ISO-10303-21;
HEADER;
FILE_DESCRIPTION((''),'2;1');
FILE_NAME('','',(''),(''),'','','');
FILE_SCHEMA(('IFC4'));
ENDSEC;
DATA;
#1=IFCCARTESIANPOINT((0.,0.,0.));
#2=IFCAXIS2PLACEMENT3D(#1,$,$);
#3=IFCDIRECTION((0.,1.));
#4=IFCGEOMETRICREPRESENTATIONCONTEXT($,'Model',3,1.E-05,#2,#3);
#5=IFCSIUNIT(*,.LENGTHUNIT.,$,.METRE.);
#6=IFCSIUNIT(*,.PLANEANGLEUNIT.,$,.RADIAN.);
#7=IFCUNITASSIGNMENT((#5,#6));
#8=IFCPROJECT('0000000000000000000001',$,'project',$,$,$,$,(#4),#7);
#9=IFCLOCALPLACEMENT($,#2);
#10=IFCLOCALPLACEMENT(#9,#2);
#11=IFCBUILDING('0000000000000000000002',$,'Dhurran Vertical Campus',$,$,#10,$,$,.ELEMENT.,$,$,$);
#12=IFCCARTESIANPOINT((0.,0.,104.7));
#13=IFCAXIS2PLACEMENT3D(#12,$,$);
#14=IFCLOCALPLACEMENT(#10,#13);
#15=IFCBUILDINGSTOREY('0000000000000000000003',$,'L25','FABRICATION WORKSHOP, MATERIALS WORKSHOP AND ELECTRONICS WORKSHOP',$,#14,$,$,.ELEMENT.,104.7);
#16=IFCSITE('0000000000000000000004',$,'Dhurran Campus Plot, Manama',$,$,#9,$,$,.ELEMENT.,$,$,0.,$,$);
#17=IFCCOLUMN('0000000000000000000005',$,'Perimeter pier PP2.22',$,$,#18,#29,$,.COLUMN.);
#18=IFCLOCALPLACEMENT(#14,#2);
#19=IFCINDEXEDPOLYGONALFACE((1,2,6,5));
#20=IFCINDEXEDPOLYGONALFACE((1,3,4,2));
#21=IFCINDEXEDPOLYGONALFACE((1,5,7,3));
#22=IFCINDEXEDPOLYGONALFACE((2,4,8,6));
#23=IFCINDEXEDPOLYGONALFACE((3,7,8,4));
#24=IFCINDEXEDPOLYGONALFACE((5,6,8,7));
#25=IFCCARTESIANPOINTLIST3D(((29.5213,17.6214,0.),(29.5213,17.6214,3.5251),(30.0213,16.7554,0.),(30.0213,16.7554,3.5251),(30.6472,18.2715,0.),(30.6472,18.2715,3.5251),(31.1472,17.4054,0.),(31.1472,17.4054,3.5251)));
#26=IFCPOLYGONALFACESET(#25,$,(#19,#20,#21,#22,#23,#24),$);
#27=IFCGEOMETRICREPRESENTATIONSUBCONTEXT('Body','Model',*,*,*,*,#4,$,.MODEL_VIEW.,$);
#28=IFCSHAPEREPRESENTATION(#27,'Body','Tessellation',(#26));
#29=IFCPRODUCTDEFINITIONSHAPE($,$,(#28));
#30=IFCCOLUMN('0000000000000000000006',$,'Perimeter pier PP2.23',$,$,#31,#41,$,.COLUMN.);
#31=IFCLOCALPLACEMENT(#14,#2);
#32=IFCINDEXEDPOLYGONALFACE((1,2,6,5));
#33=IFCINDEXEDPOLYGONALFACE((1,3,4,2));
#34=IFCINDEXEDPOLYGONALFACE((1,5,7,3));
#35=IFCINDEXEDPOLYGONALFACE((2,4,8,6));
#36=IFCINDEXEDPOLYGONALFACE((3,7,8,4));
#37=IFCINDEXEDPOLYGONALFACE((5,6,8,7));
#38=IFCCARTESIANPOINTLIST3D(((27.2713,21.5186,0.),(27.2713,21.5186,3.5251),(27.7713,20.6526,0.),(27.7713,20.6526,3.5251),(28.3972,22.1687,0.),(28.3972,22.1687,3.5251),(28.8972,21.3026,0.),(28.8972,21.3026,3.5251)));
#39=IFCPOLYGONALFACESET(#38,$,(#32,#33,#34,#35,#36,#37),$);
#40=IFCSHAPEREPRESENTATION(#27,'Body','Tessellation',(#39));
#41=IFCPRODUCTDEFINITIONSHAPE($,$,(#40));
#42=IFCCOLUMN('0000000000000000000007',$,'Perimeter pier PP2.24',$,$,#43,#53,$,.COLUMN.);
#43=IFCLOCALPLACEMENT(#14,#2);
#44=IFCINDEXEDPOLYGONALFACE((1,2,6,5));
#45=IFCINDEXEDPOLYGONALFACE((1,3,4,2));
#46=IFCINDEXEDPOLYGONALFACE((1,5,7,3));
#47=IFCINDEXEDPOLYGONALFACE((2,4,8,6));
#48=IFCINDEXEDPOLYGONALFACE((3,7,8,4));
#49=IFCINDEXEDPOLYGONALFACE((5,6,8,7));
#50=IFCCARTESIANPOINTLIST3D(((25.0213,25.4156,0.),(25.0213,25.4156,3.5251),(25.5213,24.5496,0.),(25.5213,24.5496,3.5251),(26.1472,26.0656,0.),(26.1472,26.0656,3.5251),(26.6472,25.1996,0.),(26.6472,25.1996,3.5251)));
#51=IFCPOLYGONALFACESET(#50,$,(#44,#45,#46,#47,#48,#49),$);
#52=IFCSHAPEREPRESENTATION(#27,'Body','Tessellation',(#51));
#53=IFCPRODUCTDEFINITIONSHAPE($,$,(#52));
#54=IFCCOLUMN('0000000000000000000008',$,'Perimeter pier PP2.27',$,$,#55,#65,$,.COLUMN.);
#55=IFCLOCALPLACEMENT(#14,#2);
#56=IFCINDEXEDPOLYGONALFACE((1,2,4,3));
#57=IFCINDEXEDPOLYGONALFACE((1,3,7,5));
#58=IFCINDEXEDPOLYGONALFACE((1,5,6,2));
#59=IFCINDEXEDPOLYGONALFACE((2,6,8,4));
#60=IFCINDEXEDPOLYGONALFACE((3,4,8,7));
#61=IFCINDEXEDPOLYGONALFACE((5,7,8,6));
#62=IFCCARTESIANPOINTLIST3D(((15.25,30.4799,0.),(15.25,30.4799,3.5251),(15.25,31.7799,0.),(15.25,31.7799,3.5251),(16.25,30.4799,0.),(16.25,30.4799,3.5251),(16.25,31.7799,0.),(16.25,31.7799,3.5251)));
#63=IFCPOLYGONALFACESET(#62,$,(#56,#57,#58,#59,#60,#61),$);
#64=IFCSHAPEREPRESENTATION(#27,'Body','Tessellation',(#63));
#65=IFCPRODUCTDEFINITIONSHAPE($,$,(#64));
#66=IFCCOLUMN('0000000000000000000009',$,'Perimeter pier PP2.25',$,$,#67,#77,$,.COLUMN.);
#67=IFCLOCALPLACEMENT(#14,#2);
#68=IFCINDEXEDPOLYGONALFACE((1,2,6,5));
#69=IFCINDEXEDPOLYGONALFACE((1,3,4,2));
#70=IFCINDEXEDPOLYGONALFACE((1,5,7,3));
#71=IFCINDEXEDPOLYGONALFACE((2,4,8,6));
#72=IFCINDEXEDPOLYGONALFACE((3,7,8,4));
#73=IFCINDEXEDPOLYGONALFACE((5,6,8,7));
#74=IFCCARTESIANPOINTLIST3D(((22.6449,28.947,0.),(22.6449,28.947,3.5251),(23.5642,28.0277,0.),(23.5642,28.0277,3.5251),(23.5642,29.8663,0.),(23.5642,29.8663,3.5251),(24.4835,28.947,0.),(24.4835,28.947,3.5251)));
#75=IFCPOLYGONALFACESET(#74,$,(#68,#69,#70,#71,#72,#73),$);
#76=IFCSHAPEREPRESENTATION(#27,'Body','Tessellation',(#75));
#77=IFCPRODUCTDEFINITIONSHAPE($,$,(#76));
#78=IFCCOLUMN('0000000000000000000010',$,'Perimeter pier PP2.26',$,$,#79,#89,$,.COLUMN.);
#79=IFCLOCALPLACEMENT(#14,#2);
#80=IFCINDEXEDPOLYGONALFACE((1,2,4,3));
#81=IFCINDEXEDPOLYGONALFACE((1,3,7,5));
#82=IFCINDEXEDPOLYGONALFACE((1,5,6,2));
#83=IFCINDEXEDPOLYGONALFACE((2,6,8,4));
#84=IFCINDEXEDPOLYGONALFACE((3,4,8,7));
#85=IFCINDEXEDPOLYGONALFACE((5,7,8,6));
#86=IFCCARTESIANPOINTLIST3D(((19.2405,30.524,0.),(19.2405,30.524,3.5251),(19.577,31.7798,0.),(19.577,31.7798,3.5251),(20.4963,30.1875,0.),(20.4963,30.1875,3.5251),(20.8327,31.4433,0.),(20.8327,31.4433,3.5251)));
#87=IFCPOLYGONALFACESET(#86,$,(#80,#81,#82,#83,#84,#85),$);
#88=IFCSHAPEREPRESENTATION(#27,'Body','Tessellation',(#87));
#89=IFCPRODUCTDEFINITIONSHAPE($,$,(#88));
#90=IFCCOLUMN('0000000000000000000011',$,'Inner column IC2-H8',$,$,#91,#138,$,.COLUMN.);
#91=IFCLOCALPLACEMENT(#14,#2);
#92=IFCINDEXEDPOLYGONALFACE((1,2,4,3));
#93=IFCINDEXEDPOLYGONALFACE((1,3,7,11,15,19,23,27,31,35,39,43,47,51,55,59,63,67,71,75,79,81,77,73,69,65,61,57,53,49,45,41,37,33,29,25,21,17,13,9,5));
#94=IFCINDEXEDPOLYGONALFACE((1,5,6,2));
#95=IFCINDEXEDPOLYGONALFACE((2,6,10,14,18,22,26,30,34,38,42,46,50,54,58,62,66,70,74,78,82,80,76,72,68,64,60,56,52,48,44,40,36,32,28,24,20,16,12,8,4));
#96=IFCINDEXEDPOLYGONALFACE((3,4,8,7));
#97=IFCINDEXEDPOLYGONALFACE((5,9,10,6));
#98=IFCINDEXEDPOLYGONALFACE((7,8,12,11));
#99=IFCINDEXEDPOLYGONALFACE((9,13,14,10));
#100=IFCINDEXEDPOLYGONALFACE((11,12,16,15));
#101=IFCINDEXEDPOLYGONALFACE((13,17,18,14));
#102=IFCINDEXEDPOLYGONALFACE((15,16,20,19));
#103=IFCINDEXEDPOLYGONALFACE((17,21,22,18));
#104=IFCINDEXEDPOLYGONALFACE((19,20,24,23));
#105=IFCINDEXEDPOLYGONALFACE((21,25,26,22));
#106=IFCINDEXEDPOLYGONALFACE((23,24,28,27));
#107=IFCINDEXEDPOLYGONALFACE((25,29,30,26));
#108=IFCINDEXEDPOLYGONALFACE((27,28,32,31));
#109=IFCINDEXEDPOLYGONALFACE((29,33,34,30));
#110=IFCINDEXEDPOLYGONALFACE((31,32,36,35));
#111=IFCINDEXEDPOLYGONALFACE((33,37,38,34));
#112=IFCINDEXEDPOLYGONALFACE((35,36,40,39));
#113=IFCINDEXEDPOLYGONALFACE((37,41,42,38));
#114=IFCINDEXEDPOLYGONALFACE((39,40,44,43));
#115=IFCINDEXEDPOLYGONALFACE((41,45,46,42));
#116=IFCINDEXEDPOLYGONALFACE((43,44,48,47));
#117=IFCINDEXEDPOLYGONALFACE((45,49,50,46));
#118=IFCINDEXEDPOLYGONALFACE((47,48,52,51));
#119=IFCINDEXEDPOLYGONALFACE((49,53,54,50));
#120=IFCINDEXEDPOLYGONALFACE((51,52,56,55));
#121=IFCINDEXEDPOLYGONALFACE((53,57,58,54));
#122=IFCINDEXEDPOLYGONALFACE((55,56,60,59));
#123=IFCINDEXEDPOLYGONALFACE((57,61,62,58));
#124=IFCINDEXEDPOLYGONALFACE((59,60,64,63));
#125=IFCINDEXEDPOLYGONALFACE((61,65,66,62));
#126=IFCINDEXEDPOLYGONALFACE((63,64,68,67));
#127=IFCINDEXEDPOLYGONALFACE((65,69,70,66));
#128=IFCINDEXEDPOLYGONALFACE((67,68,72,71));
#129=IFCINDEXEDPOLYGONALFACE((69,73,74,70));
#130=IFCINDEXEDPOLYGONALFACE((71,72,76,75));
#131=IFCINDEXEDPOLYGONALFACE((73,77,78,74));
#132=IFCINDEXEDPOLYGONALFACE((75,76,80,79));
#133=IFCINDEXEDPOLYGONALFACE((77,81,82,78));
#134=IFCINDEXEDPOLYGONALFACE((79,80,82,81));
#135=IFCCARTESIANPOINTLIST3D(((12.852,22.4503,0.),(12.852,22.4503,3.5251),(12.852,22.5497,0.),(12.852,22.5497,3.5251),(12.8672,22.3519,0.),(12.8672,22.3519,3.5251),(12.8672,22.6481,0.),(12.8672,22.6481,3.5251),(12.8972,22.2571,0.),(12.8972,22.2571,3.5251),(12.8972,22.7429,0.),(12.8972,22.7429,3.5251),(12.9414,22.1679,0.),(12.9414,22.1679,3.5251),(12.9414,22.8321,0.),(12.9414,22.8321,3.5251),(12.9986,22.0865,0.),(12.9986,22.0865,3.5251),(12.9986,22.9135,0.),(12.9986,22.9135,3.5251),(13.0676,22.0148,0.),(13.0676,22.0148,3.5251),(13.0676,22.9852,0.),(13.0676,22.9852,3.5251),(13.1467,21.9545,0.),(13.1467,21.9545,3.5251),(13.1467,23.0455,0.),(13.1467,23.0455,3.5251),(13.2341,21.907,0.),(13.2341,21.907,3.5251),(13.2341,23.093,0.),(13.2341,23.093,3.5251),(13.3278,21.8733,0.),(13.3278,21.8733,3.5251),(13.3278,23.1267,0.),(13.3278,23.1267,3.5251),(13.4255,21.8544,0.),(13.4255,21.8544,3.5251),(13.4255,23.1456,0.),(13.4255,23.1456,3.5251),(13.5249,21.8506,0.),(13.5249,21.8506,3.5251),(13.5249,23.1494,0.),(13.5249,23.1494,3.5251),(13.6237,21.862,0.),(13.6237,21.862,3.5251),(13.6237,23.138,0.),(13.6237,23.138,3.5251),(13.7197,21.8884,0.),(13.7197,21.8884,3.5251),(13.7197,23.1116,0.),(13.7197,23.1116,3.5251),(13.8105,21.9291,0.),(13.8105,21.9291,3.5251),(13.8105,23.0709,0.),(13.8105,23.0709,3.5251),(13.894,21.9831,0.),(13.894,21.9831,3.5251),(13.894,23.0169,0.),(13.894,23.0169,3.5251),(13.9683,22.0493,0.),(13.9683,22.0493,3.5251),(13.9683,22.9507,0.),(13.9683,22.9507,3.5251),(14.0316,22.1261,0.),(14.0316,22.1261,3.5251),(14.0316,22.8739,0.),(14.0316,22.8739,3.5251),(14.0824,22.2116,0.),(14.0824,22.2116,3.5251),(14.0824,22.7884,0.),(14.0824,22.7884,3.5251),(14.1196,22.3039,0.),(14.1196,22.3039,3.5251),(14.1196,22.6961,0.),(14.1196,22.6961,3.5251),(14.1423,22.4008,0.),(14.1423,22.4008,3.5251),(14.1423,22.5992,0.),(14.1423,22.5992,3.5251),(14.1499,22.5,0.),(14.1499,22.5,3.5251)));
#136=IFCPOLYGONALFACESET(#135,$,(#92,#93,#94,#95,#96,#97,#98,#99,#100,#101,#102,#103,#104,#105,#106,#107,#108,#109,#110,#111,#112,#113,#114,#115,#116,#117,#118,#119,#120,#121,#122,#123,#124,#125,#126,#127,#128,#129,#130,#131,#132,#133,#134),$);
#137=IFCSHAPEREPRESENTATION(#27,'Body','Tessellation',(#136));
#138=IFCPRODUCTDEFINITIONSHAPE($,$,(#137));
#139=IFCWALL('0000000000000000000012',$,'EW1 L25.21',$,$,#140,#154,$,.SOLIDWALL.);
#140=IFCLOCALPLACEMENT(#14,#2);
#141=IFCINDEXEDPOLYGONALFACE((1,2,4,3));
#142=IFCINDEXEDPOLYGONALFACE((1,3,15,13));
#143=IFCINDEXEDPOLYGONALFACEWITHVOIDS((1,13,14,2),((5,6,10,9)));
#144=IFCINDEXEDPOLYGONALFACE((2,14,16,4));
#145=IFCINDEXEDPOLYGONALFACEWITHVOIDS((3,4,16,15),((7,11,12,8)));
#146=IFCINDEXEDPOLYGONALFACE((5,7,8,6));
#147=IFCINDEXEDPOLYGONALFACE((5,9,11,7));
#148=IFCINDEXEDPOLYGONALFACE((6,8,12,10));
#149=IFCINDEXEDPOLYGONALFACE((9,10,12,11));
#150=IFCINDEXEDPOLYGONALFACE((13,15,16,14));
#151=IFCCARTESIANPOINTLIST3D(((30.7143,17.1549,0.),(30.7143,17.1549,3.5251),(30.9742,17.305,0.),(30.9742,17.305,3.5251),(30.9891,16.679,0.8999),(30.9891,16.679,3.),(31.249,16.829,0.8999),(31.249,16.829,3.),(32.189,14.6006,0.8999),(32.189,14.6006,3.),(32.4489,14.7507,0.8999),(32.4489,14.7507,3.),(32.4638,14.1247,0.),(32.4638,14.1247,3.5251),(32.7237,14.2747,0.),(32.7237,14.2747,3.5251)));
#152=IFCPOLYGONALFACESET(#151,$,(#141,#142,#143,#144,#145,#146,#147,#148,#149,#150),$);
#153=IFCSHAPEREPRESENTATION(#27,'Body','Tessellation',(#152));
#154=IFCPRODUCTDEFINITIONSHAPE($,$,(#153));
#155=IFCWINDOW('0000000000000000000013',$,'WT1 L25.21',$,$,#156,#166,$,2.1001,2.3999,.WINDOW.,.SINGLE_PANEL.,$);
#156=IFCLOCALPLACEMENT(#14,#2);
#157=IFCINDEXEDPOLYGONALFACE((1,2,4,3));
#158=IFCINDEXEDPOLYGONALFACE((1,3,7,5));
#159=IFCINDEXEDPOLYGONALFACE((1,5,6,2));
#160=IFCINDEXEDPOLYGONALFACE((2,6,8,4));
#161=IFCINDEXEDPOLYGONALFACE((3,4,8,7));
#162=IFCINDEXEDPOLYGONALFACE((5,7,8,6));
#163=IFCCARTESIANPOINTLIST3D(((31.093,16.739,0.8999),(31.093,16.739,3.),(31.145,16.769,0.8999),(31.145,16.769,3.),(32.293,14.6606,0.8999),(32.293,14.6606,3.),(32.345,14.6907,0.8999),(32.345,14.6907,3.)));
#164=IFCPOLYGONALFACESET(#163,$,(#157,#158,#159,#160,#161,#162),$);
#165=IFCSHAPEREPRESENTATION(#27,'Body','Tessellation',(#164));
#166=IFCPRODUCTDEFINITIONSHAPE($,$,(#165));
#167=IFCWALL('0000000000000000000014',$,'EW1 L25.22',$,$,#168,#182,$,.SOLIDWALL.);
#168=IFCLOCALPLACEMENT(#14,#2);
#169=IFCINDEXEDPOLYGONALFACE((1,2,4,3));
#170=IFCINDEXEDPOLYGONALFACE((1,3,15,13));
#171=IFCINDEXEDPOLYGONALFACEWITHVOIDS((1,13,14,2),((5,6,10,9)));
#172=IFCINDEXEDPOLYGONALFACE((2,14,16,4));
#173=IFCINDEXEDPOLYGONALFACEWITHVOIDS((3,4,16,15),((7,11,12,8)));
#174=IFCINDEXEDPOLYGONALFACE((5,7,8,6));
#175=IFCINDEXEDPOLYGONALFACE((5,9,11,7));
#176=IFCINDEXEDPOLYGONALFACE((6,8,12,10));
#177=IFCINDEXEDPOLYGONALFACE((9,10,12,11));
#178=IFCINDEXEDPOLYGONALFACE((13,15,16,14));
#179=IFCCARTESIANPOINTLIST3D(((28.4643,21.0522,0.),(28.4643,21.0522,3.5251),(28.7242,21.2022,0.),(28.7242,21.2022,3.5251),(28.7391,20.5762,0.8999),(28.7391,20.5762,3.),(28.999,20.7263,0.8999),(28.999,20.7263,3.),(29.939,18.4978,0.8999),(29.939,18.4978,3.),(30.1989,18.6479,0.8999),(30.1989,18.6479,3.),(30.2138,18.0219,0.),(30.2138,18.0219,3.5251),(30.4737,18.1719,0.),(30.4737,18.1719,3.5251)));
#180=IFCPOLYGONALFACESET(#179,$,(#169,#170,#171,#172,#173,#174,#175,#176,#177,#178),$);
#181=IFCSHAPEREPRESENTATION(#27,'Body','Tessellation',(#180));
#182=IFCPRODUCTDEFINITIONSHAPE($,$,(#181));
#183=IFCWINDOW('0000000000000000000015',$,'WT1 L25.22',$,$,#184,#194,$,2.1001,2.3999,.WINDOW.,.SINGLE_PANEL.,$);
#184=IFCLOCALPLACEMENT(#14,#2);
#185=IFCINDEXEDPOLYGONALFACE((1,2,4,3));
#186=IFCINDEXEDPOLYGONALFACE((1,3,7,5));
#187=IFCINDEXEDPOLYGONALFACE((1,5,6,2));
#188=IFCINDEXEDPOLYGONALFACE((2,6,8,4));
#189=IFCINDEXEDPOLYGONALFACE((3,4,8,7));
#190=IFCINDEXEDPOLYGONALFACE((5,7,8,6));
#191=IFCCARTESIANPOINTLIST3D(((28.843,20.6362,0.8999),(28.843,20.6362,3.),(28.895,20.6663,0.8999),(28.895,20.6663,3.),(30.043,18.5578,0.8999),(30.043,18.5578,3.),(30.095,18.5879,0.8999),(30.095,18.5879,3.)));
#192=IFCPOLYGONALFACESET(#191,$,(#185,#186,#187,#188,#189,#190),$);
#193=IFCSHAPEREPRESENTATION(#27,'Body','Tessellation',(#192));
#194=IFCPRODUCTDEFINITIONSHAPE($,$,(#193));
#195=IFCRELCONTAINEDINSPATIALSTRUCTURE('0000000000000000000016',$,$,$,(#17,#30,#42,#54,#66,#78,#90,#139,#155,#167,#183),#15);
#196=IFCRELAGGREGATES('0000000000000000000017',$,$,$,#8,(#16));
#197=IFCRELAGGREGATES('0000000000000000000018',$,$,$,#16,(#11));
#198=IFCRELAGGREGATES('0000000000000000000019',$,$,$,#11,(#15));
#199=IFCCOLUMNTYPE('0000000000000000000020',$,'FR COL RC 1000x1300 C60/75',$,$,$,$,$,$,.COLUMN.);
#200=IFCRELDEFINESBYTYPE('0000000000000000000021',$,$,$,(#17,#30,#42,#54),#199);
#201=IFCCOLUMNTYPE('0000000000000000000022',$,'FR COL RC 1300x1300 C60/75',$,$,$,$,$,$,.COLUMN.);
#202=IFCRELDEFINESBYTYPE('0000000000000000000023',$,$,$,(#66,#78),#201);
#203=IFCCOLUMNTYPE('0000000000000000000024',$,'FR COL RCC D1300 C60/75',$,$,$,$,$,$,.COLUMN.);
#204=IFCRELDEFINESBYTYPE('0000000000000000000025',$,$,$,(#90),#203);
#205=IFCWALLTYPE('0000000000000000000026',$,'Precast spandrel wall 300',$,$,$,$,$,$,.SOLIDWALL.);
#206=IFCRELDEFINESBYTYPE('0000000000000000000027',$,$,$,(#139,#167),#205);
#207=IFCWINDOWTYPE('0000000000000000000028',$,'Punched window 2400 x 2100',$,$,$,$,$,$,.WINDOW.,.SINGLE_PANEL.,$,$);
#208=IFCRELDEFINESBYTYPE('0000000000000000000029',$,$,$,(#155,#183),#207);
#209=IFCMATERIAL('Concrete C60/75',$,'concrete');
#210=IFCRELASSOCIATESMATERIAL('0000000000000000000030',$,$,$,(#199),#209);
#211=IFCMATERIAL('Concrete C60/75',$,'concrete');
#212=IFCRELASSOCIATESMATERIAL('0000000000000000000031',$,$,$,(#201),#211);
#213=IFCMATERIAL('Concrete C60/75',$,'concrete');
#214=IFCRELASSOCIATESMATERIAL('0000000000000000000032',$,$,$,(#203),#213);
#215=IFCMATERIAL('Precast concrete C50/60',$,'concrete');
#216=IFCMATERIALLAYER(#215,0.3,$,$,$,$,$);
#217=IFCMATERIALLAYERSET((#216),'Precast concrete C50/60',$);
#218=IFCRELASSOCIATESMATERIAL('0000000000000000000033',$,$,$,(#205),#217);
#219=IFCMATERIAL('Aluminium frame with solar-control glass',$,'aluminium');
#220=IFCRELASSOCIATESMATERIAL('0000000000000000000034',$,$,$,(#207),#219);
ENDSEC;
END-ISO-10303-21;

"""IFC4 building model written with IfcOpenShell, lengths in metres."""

from ifc_helpers import new_model, si_unit, direction, frame, frame_2d, origin, origin_2d, place, context, subcontext, project, spatial, rectangle, circle, extrude, material, layer, layer_set, material_profile, profile_set, type_object, element, fill, save


model = new_model("IFC4")

# Units and contexts
model_context = context("Model", 3, precision=1e-05, world=origin(), true_north=direction((0.0, 1.0)))
body_context = subcontext(model_context, "Body", "Model", "MODEL_VIEW")
ifc_project = project(units=[si_unit("LENGTHUNIT", "METRE"), si_unit("PLANEANGLEUNIT", "RADIAN")], contexts=[model_context])

# Site, building, storey
site_placement = place(None, origin())
site = spatial("IfcSite", under=ifc_project, at=site_placement, Name="Dhurran Campus Plot, Manama", CompositionType="ELEMENT", RefElevation=0.0)
building_placement = place(site_placement, origin())
building = spatial("IfcBuilding", under=site, at=building_placement, Name="Dhurran Vertical Campus", CompositionType="ELEMENT")
storey_placement = place(building_placement, frame((0.0, 0.0, 104.7)))
storey = spatial("IfcBuildingStorey", under=building, at=storey_placement, Name="L25", Description="FABRICATION WORKSHOP, MATERIALS WORKSHOP AND ELECTRONICS WORKSHOP", CompositionType="ELEMENT", Elevation=104.7)

# Columns
ifc_material_1 = material(Name="Concrete C60/75", Category="concrete")
ifc_material_profile_1 = material_profile(ifc_material_1, rectangle(XDim=1.0, YDim=1.3, at=origin_2d()), Name="RC 1000x1300")
ifc_profile_set_1 = profile_set([ifc_material_profile_1], Name="Concrete C60/75")
column_type_1 = type_object("IfcColumnType", Name="FR COL RC 1000x1300 C60/75", PredefinedType="COLUMN", material=ifc_profile_set_1)
for number, where, z_axis, x_axis, name in (
    (1, (30.3342, 17.5134, 0.0), (0.0, 0.0, 1.0), (-0.5, 0.866025, 0.0), "Perimeter pier PP2.22"),
    (2, (28.0842, 21.4106, 0.0), (0.0, 0.0, 1.0), (-0.5, 0.866025, 0.0), "Perimeter pier PP2.23"),
    (3, (25.8342, 25.3076, 0.0), (0.0, 0.0, 1.0), (-0.5, 0.866025, 0.0), "Perimeter pier PP2.24"),
    (4, (15.75, 31.1299, 0.0), (0.0, 0.0, 1.0), (-1.0, 0.0, 0.0), "Perimeter pier PP2.27"),
):
    element("IfcColumn", number, at=place(storey_placement, frame(where, z_axis=z_axis, x_axis=x_axis)), inside=storey, type_object=column_type_1, Name=name, PredefinedType="COLUMN", context=body_context, shape_type="SweptSolid", body=[
        extrude(rectangle(XDim=1.0, YDim=1.3, at=origin_2d()), origin(), (0.0, 0.0, 1.0), 3.5251),
    ])
ifc_material_2 = material(Name="Concrete C60/75", Category="concrete")
ifc_material_profile_2 = material_profile(ifc_material_2, rectangle(XDim=1.3, YDim=1.3, at=origin_2d()), Name="RC 1300x1300")
ifc_profile_set_2 = profile_set([ifc_material_profile_2], Name="Concrete C60/75")
column_type_2 = type_object("IfcColumnType", Name="FR COL RC 1300x1300 C60/75", PredefinedType="COLUMN", material=ifc_profile_set_2)
for number, where, z_axis, x_axis, name in (
    (5, (23.5642, 28.947, 0.0), (0.0, 0.0, 1.0), (-0.707107, 0.707107, 0.0), "Perimeter pier PP2.25"),
    (6, (20.0366, 30.9836, 0.0), (0.0, 0.0, 1.0), (-0.965926, 0.258819, 0.0), "Perimeter pier PP2.26"),
):
    element("IfcColumn", number, at=place(storey_placement, frame(where, z_axis=z_axis, x_axis=x_axis)), inside=storey, type_object=column_type_2, Name=name, PredefinedType="COLUMN", context=body_context, shape_type="SweptSolid", body=[
        extrude(rectangle(XDim=1.3, YDim=1.3, at=origin_2d()), origin(), (0.0, 0.0, 1.0), 3.5251),
    ])
ifc_material_3 = material(Name="Concrete C60/75", Category="concrete")
ifc_material_profile_3 = material_profile(ifc_material_3, circle(Radius=0.6499, at=origin_2d()), Name="RCC D1300")
ifc_profile_set_3 = profile_set([ifc_material_profile_3], Name="Concrete C60/75")
column_type_3 = type_object("IfcColumnType", Name="FR COL RCC D1300 C60/75", PredefinedType="COLUMN", material=ifc_profile_set_3)
column_placement = place(storey_placement, frame((13.5, 22.5, 0.0), z_axis=(0.0, 0.0, 1.0), x_axis=(1.0, 0.0, 0.0)))
element("IfcColumn", 7, at=column_placement, inside=storey, type_object=column_type_3, Name="Inner column IC2-H8", PredefinedType="COLUMN", context=body_context, shape_type="SweptSolid", body=[
    extrude(circle(Radius=0.6499, at=origin_2d()), origin(), (0.0, 0.0, 1.0), 3.5251),
])

# Walls, openings, windows
ifc_material_4 = material(Name="Precast concrete C50/60", Category="concrete")
ifc_layer_1 = layer(ifc_material_4, 0.3)
ifc_layer_set_1 = layer_set([ifc_layer_1], Name="Precast concrete C50/60")
wall_type_1 = type_object("IfcWallType", Name="Precast spandrel wall 300", PredefinedType="SOLIDWALL", material=ifc_layer_set_1)
wall_1_placement = place(storey_placement, frame((32.5938, 14.1997, 0.0), z_axis=(0.0, 0.0, 1.0), x_axis=(-0.499996, 0.866028, 0.0)))
wall_1 = element("IfcWall", 8, at=wall_1_placement, inside=storey, type_object=wall_type_1, Name="EW1 L25.21", PredefinedType="SOLIDWALL", context=body_context, shape_type="SweptSolid", body=[
    extrude(rectangle(XDim=3.499, YDim=0.3, at=frame_2d((1.7495, 0.0))), origin(), (0.0, 0.0, 1.0), 3.5251),
])
opening_1_placement = place(wall_1_placement, frame((0.5496, 0.0, 0.8999)))
opening_1 = element("IfcOpeningElement", 9, at=opening_1_placement, cuts=wall_1, PredefinedType="OPENING", context=body_context, shape_type="SweptSolid", body=[
    extrude(rectangle(XDim=2.3999, YDim=2.1001, at=frame_2d((1.2, 1.05))), frame((0.0, 0.1599, 0.0), z_axis=(0.0, -1.0, 0.0), x_axis=(1.0, 0.0, 0.0)), (0.0, 0.0, 1.0), 0.3201),
])
ifc_material_5 = material(Name="Aluminium frame with solar-control glass", Category="aluminium")
window_type = type_object("IfcWindowType", Name="Punched window 2400 x 2100", PartitioningType="SINGLE_PANEL", PredefinedType="WINDOW", material=ifc_material_5)
window_1_placement = place(opening_1_placement, origin())
window_1 = element("IfcWindow", 10, at=window_1_placement, inside=storey, type_object=window_type, Name="WT1 L25.21", OverallHeight=2.1001, OverallWidth=2.3999, PartitioningType="SINGLE_PANEL", PredefinedType="WINDOW", context=body_context, shape_type="SweptSolid", body=[
    extrude(rectangle(XDim=2.3999, YDim=2.1001, at=frame_2d((1.2, 1.05))), frame((0.0, 0.03, 0.0), z_axis=(0.0, -1.0, 0.0), x_axis=(1.0, 0.0, 0.0)), (0.0, 0.0, 1.0), 0.0601),
])
fill(opening_1, window_1)
wall_2_placement = place(storey_placement, frame((30.3438, 18.0969, 0.0), z_axis=(0.0, 0.0, 1.0), x_axis=(-0.499996, 0.866028, 0.0)))
wall_2 = element("IfcWall", 11, at=wall_2_placement, inside=storey, type_object=wall_type_1, Name="EW1 L25.22", PredefinedType="SOLIDWALL", context=body_context, shape_type="SweptSolid", body=[
    extrude(rectangle(XDim=3.499, YDim=0.3, at=frame_2d((1.7495, 0.0))), origin(), (0.0, 0.0, 1.0), 3.5251),
])
opening_2_placement = place(wall_2_placement, frame((0.5496, 0.0, 0.8999)))
opening_2 = element("IfcOpeningElement", 12, at=opening_2_placement, cuts=wall_2, PredefinedType="OPENING", context=body_context, shape_type="SweptSolid", body=[
    extrude(rectangle(XDim=2.3999, YDim=2.1001, at=frame_2d((1.2, 1.05))), frame((0.0, 0.1599, 0.0), z_axis=(0.0, -1.0, 0.0), x_axis=(1.0, 0.0, 0.0)), (0.0, 0.0, 1.0), 0.3201),
])
window_2_placement = place(opening_2_placement, origin())
window_2 = element("IfcWindow", 13, at=window_2_placement, inside=storey, type_object=window_type, Name="WT1 L25.22", OverallHeight=2.1001, OverallWidth=2.3999, PartitioningType="SINGLE_PANEL", PredefinedType="WINDOW", context=body_context, shape_type="SweptSolid", body=[
    extrude(rectangle(XDim=2.3999, YDim=2.1001, at=frame_2d((1.2, 1.05))), frame((0.0, 0.03, 0.0), z_axis=(0.0, -1.0, 0.0), x_axis=(1.0, 0.0, 0.0)), (0.0, 0.0, 1.0), 0.0601),
])
fill(opening_2, window_2)

save(model, "model.ifc")
